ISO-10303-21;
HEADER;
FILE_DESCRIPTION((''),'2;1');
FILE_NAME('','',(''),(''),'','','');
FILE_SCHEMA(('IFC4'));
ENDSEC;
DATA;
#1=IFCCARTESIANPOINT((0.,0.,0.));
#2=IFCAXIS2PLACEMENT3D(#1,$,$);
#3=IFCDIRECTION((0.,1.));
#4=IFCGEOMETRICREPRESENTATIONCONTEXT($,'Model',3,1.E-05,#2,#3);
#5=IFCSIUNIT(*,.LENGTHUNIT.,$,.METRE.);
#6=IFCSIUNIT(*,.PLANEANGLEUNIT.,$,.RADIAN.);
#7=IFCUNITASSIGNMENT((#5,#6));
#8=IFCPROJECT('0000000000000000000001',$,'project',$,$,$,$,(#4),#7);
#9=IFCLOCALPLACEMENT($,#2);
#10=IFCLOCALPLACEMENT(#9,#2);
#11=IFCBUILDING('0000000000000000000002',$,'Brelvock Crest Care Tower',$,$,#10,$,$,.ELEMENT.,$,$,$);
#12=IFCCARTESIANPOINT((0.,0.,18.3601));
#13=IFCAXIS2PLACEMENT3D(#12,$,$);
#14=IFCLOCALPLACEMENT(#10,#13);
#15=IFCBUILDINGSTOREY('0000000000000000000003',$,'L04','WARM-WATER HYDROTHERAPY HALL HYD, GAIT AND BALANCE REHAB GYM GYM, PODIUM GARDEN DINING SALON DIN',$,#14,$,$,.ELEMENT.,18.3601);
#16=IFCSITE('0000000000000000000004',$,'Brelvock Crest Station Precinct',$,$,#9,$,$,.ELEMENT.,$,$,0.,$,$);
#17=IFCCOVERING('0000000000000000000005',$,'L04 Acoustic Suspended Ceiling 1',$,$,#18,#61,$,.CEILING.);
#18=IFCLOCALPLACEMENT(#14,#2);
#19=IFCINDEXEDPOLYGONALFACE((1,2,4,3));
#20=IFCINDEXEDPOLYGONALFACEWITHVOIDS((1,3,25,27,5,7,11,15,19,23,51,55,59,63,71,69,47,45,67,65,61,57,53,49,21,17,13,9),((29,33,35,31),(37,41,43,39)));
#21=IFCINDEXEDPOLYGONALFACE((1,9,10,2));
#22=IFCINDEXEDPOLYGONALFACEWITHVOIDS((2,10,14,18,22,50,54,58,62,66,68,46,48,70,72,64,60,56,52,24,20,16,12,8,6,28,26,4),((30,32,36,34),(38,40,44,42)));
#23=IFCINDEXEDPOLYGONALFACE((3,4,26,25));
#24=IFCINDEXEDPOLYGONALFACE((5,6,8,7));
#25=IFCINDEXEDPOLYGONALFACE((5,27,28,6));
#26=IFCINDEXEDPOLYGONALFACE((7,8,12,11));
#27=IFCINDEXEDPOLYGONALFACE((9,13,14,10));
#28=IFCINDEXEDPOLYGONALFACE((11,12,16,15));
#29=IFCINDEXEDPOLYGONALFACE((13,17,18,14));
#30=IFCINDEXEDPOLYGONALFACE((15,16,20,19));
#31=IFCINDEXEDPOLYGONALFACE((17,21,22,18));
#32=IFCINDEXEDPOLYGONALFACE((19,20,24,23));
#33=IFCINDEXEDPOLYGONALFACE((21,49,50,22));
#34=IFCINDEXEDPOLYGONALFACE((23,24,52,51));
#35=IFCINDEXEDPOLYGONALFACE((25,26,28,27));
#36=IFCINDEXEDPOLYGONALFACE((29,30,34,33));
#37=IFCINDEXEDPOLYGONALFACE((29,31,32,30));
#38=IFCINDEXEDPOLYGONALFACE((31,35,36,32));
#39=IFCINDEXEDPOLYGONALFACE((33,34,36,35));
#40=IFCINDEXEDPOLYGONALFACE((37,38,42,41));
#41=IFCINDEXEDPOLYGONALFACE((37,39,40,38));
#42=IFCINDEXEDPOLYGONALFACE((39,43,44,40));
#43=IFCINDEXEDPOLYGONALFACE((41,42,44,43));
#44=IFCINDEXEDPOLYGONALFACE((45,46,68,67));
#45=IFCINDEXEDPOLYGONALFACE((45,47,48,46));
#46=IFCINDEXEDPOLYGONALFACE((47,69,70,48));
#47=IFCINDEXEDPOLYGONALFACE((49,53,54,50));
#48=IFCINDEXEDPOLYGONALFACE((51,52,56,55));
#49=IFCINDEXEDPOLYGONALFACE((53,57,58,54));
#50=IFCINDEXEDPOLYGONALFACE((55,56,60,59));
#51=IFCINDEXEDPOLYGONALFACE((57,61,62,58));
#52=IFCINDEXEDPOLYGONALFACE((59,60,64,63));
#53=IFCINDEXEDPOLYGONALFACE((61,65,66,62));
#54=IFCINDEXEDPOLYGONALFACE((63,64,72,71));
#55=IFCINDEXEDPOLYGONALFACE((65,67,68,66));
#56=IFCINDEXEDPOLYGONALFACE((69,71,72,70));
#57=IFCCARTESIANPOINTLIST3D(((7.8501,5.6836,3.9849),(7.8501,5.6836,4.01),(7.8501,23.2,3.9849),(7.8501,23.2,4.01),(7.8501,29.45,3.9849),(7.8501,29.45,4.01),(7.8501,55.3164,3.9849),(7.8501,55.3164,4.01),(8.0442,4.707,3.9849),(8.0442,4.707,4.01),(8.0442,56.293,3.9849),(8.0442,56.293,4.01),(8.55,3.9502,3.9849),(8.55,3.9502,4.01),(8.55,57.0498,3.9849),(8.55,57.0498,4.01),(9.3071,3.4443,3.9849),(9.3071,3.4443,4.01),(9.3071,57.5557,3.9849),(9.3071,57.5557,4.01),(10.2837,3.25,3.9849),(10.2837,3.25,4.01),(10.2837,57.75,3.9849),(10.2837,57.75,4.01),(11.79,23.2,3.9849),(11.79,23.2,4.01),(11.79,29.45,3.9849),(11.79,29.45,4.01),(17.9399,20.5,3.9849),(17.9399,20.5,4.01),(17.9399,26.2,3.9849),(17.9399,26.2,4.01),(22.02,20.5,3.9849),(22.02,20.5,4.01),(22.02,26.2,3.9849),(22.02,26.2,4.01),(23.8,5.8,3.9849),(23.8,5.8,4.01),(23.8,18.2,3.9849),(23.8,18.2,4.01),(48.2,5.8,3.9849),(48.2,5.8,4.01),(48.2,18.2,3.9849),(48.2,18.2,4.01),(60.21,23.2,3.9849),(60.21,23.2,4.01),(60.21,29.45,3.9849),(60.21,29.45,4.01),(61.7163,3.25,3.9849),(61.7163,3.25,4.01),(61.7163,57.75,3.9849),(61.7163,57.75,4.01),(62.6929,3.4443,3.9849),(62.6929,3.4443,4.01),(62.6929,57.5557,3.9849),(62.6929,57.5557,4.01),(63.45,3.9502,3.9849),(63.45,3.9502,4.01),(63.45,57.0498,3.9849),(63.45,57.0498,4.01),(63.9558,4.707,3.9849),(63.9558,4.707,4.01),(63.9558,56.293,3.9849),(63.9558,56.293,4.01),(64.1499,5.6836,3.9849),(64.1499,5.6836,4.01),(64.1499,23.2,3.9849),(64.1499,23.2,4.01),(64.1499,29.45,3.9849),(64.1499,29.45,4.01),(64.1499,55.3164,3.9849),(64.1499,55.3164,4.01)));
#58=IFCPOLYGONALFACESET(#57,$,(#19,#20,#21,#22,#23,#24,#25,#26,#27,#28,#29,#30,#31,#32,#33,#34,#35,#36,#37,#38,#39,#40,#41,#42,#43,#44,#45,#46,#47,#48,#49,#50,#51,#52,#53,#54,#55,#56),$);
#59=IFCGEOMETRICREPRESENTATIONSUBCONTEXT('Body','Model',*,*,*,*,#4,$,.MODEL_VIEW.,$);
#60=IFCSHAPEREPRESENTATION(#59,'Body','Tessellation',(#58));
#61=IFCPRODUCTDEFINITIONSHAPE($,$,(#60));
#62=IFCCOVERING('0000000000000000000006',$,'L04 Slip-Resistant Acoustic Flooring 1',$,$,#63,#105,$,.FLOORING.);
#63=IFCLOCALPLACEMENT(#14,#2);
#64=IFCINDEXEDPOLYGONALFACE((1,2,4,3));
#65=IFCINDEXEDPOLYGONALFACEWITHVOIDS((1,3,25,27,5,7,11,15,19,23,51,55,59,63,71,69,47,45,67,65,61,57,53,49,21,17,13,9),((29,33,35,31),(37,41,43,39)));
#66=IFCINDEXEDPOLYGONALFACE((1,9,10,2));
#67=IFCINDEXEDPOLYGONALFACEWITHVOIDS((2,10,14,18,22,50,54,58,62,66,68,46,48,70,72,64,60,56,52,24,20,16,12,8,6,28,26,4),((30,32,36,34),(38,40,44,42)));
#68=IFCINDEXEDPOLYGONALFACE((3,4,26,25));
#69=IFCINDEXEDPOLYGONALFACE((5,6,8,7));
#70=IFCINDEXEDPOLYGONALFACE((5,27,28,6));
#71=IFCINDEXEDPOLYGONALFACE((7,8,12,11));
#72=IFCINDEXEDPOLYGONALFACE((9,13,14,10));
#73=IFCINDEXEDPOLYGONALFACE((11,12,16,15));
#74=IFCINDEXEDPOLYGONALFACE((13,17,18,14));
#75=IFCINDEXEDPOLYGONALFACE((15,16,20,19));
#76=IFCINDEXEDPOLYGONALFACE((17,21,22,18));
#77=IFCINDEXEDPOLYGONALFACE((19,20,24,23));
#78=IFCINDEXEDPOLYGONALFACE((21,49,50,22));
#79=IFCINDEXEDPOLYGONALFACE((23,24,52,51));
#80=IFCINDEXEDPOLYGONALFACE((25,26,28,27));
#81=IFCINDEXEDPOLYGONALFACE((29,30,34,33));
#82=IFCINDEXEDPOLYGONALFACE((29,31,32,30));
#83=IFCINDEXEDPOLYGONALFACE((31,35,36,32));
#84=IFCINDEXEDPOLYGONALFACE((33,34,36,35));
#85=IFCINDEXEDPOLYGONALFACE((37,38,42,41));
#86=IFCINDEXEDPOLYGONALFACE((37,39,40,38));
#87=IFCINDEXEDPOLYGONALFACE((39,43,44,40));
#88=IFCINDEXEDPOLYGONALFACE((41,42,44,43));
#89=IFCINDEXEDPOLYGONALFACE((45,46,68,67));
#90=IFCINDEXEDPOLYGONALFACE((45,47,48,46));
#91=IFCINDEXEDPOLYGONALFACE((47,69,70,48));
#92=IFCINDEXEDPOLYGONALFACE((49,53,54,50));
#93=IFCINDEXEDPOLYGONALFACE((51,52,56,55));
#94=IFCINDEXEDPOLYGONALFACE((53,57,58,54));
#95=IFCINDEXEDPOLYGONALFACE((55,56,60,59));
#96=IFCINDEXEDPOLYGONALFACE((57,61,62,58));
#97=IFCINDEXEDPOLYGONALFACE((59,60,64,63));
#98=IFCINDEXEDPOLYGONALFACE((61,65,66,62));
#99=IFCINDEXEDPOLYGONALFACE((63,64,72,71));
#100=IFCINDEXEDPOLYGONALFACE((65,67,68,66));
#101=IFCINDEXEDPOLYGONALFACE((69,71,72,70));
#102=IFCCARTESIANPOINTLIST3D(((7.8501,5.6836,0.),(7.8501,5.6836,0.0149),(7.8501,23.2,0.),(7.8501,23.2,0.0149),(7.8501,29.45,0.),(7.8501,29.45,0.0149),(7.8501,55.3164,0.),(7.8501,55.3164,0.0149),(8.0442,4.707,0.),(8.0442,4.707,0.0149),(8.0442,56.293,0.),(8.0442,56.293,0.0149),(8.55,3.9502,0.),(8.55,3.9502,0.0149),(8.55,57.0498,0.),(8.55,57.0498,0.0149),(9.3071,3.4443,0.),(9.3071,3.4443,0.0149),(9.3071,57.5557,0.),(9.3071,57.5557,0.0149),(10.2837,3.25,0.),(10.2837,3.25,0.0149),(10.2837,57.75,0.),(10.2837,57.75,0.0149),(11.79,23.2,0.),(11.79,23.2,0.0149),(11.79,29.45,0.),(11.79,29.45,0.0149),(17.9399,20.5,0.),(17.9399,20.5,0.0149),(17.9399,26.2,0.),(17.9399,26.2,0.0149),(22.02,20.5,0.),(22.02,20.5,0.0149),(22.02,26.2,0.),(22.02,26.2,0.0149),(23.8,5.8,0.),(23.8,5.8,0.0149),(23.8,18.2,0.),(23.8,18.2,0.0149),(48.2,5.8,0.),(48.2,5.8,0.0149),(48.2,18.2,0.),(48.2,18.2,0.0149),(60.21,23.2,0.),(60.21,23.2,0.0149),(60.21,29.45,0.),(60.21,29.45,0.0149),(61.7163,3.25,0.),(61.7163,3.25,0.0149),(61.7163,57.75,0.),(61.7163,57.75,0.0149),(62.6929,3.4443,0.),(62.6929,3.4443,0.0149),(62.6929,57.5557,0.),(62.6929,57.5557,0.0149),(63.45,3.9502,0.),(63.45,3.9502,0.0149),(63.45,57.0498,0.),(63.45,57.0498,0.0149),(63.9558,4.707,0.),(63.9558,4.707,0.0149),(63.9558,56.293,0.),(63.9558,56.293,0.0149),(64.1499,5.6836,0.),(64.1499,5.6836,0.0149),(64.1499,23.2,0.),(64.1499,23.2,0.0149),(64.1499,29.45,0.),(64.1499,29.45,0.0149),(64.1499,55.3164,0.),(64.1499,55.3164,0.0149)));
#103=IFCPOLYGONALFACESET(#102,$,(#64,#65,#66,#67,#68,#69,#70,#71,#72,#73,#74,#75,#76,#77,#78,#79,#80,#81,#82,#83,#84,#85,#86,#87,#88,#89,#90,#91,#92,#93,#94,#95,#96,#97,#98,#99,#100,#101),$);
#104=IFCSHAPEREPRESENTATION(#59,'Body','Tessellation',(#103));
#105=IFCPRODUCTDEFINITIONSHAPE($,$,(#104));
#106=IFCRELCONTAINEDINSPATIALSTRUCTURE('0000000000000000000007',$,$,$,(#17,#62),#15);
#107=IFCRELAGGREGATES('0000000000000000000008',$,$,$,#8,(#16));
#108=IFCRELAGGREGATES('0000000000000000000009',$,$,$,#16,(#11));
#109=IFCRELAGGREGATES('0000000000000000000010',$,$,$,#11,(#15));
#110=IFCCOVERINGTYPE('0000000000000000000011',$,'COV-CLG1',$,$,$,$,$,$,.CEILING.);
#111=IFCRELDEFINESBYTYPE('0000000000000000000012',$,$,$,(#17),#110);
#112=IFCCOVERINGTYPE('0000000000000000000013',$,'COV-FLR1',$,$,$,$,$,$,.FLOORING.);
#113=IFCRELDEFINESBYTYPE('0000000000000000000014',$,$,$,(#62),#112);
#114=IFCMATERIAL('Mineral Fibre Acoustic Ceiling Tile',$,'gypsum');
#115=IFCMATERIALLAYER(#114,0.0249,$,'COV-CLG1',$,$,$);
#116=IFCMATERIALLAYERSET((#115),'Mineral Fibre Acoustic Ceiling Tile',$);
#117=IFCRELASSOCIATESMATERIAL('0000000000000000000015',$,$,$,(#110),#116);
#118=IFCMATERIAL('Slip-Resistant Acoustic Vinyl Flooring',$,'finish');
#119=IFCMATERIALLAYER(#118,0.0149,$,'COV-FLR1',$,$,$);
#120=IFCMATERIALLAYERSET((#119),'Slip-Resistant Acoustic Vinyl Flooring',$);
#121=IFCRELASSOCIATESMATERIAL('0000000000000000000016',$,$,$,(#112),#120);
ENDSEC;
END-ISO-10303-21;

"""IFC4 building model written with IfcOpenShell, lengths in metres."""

from ifc_helpers import new_model, si_unit, direction, frame, origin, place, context, subcontext, project, spatial, polyline, outline, extrude, material, layer, layer_set, type_object, element, save


model = new_model("IFC4")

# Units and contexts
model_context = context("Model", 3, precision=1e-05, world=origin(), true_north=direction((0.0, 1.0)))
body_context = subcontext(model_context, "Body", "Model", "MODEL_VIEW")
ifc_project = project(units=[si_unit("LENGTHUNIT", "METRE"), si_unit("PLANEANGLEUNIT", "RADIAN")], contexts=[model_context])

# Site, building, storey
site_placement = place(None, origin())
site = spatial("IfcSite", under=ifc_project, at=site_placement, Name="Brelvock Crest Station Precinct", CompositionType="ELEMENT", RefElevation=0.0)
building_placement = place(site_placement, origin())
building = spatial("IfcBuilding", under=site, at=building_placement, Name="Brelvock Crest Care Tower", CompositionType="ELEMENT")
storey_placement = place(building_placement, frame((0.0, 0.0, 18.3601)))
storey = spatial("IfcBuildingStorey", under=building, at=storey_placement, Name="L04", Description="WARM-WATER HYDROTHERAPY HALL HYD, GAIT AND BALANCE REHAB GYM GYM, PODIUM GARDEN DINING SALON DIN", CompositionType="ELEMENT", Elevation=18.3601)

# Coverings
ifc_material_1 = material(Name="Mineral Fibre Acoustic Ceiling Tile", Category="gypsum")
ifc_layer_1 = layer(ifc_material_1, 0.0249, Name="COV-CLG1")
ifc_layer_set_1 = layer_set([ifc_layer_1], Name="Mineral Fibre Acoustic Ceiling Tile")
covering_type_1 = type_object("IfcCoveringType", Name="COV-CLG1", PredefinedType="CEILING", material=ifc_layer_set_1)
covering_1_placement = place(storey_placement, frame((0.0, 0.0, 3.9849)))
element("IfcCovering", 1, at=covering_1_placement, inside=storey, type_object=covering_type_1, Name="L04 Acoustic Suspended Ceiling 1", PredefinedType="CEILING", context=body_context, shape_type="SweptSolid", body=[
    extrude(outline(polyline([(61.7163, 3.25), (62.6929, 3.4443), (63.45, 3.9502), (63.9558, 4.707), (64.1499, 5.6836), (64.1499, 23.2), (60.21, 23.2), (60.21, 29.45), (64.1499, 29.45), (64.1499, 55.3164), (63.9558, 56.293), (63.45, 57.0498), (62.6929, 57.5557), (61.7163, 57.75), (10.2837, 57.75), (9.3071, 57.5557), (8.55, 57.0498), (8.0442, 56.293), (7.8501, 55.3164), (7.8501, 29.45), (11.79, 29.45), (11.79, 23.2), (7.8501, 23.2), (7.8501, 5.6836), (8.0442, 4.707), (8.55, 3.9502), (9.3071, 3.4443), (10.2837, 3.25), (61.7163, 3.25)]), holes=[polyline([(22.02, 20.5), (22.02, 26.2), (17.9399, 26.2), (17.9399, 20.5), (22.02, 20.5)]), polyline([(48.2, 5.8), (48.2, 18.2), (23.8, 18.2), (23.8, 5.8), (48.2, 5.8)])]), origin(), (0.0, 0.0, 1.0), 0.0251),
])
ifc_material_2 = material(Name="Slip-Resistant Acoustic Vinyl Flooring", Category="finish")
ifc_layer_2 = layer(ifc_material_2, 0.0149, Name="COV-FLR1")
ifc_layer_set_2 = layer_set([ifc_layer_2], Name="Slip-Resistant Acoustic Vinyl Flooring")
covering_type_2 = type_object("IfcCoveringType", Name="COV-FLR1", PredefinedType="FLOORING", material=ifc_layer_set_2)
covering_2_placement = place(storey_placement, origin())
element("IfcCovering", 2, at=covering_2_placement, inside=storey, type_object=covering_type_2, Name="L04 Slip-Resistant Acoustic Flooring 1", PredefinedType="FLOORING", context=body_context, shape_type="SweptSolid", body=[
    extrude(outline(polyline([(61.7163, 3.25), (62.6929, 3.4443), (63.45, 3.9502), (63.9558, 4.707), (64.1499, 5.6836), (64.1499, 23.2), (60.21, 23.2), (60.21, 29.45), (64.1499, 29.45), (64.1499, 55.3164), (63.9558, 56.293), (63.45, 57.0498), (62.6929, 57.5557), (61.7163, 57.75), (10.2837, 57.75), (9.3071, 57.5557), (8.55, 57.0498), (8.0442, 56.293), (7.8501, 55.3164), (7.8501, 29.45), (11.79, 29.45), (11.79, 23.2), (7.8501, 23.2), (7.8501, 5.6836), (8.0442, 4.707), (8.55, 3.9502), (9.3071, 3.4443), (10.2837, 3.25), (61.7163, 3.25)]), holes=[polyline([(22.02, 20.5), (22.02, 26.2), (17.9399, 26.2), (17.9399, 20.5), (22.02, 20.5)]), polyline([(48.2, 5.8), (48.2, 18.2), (23.8, 18.2), (23.8, 5.8), (48.2, 5.8)])]), origin(), (0.0, 0.0, 1.0), 0.0149),
])

save(model, "model.ifc")
